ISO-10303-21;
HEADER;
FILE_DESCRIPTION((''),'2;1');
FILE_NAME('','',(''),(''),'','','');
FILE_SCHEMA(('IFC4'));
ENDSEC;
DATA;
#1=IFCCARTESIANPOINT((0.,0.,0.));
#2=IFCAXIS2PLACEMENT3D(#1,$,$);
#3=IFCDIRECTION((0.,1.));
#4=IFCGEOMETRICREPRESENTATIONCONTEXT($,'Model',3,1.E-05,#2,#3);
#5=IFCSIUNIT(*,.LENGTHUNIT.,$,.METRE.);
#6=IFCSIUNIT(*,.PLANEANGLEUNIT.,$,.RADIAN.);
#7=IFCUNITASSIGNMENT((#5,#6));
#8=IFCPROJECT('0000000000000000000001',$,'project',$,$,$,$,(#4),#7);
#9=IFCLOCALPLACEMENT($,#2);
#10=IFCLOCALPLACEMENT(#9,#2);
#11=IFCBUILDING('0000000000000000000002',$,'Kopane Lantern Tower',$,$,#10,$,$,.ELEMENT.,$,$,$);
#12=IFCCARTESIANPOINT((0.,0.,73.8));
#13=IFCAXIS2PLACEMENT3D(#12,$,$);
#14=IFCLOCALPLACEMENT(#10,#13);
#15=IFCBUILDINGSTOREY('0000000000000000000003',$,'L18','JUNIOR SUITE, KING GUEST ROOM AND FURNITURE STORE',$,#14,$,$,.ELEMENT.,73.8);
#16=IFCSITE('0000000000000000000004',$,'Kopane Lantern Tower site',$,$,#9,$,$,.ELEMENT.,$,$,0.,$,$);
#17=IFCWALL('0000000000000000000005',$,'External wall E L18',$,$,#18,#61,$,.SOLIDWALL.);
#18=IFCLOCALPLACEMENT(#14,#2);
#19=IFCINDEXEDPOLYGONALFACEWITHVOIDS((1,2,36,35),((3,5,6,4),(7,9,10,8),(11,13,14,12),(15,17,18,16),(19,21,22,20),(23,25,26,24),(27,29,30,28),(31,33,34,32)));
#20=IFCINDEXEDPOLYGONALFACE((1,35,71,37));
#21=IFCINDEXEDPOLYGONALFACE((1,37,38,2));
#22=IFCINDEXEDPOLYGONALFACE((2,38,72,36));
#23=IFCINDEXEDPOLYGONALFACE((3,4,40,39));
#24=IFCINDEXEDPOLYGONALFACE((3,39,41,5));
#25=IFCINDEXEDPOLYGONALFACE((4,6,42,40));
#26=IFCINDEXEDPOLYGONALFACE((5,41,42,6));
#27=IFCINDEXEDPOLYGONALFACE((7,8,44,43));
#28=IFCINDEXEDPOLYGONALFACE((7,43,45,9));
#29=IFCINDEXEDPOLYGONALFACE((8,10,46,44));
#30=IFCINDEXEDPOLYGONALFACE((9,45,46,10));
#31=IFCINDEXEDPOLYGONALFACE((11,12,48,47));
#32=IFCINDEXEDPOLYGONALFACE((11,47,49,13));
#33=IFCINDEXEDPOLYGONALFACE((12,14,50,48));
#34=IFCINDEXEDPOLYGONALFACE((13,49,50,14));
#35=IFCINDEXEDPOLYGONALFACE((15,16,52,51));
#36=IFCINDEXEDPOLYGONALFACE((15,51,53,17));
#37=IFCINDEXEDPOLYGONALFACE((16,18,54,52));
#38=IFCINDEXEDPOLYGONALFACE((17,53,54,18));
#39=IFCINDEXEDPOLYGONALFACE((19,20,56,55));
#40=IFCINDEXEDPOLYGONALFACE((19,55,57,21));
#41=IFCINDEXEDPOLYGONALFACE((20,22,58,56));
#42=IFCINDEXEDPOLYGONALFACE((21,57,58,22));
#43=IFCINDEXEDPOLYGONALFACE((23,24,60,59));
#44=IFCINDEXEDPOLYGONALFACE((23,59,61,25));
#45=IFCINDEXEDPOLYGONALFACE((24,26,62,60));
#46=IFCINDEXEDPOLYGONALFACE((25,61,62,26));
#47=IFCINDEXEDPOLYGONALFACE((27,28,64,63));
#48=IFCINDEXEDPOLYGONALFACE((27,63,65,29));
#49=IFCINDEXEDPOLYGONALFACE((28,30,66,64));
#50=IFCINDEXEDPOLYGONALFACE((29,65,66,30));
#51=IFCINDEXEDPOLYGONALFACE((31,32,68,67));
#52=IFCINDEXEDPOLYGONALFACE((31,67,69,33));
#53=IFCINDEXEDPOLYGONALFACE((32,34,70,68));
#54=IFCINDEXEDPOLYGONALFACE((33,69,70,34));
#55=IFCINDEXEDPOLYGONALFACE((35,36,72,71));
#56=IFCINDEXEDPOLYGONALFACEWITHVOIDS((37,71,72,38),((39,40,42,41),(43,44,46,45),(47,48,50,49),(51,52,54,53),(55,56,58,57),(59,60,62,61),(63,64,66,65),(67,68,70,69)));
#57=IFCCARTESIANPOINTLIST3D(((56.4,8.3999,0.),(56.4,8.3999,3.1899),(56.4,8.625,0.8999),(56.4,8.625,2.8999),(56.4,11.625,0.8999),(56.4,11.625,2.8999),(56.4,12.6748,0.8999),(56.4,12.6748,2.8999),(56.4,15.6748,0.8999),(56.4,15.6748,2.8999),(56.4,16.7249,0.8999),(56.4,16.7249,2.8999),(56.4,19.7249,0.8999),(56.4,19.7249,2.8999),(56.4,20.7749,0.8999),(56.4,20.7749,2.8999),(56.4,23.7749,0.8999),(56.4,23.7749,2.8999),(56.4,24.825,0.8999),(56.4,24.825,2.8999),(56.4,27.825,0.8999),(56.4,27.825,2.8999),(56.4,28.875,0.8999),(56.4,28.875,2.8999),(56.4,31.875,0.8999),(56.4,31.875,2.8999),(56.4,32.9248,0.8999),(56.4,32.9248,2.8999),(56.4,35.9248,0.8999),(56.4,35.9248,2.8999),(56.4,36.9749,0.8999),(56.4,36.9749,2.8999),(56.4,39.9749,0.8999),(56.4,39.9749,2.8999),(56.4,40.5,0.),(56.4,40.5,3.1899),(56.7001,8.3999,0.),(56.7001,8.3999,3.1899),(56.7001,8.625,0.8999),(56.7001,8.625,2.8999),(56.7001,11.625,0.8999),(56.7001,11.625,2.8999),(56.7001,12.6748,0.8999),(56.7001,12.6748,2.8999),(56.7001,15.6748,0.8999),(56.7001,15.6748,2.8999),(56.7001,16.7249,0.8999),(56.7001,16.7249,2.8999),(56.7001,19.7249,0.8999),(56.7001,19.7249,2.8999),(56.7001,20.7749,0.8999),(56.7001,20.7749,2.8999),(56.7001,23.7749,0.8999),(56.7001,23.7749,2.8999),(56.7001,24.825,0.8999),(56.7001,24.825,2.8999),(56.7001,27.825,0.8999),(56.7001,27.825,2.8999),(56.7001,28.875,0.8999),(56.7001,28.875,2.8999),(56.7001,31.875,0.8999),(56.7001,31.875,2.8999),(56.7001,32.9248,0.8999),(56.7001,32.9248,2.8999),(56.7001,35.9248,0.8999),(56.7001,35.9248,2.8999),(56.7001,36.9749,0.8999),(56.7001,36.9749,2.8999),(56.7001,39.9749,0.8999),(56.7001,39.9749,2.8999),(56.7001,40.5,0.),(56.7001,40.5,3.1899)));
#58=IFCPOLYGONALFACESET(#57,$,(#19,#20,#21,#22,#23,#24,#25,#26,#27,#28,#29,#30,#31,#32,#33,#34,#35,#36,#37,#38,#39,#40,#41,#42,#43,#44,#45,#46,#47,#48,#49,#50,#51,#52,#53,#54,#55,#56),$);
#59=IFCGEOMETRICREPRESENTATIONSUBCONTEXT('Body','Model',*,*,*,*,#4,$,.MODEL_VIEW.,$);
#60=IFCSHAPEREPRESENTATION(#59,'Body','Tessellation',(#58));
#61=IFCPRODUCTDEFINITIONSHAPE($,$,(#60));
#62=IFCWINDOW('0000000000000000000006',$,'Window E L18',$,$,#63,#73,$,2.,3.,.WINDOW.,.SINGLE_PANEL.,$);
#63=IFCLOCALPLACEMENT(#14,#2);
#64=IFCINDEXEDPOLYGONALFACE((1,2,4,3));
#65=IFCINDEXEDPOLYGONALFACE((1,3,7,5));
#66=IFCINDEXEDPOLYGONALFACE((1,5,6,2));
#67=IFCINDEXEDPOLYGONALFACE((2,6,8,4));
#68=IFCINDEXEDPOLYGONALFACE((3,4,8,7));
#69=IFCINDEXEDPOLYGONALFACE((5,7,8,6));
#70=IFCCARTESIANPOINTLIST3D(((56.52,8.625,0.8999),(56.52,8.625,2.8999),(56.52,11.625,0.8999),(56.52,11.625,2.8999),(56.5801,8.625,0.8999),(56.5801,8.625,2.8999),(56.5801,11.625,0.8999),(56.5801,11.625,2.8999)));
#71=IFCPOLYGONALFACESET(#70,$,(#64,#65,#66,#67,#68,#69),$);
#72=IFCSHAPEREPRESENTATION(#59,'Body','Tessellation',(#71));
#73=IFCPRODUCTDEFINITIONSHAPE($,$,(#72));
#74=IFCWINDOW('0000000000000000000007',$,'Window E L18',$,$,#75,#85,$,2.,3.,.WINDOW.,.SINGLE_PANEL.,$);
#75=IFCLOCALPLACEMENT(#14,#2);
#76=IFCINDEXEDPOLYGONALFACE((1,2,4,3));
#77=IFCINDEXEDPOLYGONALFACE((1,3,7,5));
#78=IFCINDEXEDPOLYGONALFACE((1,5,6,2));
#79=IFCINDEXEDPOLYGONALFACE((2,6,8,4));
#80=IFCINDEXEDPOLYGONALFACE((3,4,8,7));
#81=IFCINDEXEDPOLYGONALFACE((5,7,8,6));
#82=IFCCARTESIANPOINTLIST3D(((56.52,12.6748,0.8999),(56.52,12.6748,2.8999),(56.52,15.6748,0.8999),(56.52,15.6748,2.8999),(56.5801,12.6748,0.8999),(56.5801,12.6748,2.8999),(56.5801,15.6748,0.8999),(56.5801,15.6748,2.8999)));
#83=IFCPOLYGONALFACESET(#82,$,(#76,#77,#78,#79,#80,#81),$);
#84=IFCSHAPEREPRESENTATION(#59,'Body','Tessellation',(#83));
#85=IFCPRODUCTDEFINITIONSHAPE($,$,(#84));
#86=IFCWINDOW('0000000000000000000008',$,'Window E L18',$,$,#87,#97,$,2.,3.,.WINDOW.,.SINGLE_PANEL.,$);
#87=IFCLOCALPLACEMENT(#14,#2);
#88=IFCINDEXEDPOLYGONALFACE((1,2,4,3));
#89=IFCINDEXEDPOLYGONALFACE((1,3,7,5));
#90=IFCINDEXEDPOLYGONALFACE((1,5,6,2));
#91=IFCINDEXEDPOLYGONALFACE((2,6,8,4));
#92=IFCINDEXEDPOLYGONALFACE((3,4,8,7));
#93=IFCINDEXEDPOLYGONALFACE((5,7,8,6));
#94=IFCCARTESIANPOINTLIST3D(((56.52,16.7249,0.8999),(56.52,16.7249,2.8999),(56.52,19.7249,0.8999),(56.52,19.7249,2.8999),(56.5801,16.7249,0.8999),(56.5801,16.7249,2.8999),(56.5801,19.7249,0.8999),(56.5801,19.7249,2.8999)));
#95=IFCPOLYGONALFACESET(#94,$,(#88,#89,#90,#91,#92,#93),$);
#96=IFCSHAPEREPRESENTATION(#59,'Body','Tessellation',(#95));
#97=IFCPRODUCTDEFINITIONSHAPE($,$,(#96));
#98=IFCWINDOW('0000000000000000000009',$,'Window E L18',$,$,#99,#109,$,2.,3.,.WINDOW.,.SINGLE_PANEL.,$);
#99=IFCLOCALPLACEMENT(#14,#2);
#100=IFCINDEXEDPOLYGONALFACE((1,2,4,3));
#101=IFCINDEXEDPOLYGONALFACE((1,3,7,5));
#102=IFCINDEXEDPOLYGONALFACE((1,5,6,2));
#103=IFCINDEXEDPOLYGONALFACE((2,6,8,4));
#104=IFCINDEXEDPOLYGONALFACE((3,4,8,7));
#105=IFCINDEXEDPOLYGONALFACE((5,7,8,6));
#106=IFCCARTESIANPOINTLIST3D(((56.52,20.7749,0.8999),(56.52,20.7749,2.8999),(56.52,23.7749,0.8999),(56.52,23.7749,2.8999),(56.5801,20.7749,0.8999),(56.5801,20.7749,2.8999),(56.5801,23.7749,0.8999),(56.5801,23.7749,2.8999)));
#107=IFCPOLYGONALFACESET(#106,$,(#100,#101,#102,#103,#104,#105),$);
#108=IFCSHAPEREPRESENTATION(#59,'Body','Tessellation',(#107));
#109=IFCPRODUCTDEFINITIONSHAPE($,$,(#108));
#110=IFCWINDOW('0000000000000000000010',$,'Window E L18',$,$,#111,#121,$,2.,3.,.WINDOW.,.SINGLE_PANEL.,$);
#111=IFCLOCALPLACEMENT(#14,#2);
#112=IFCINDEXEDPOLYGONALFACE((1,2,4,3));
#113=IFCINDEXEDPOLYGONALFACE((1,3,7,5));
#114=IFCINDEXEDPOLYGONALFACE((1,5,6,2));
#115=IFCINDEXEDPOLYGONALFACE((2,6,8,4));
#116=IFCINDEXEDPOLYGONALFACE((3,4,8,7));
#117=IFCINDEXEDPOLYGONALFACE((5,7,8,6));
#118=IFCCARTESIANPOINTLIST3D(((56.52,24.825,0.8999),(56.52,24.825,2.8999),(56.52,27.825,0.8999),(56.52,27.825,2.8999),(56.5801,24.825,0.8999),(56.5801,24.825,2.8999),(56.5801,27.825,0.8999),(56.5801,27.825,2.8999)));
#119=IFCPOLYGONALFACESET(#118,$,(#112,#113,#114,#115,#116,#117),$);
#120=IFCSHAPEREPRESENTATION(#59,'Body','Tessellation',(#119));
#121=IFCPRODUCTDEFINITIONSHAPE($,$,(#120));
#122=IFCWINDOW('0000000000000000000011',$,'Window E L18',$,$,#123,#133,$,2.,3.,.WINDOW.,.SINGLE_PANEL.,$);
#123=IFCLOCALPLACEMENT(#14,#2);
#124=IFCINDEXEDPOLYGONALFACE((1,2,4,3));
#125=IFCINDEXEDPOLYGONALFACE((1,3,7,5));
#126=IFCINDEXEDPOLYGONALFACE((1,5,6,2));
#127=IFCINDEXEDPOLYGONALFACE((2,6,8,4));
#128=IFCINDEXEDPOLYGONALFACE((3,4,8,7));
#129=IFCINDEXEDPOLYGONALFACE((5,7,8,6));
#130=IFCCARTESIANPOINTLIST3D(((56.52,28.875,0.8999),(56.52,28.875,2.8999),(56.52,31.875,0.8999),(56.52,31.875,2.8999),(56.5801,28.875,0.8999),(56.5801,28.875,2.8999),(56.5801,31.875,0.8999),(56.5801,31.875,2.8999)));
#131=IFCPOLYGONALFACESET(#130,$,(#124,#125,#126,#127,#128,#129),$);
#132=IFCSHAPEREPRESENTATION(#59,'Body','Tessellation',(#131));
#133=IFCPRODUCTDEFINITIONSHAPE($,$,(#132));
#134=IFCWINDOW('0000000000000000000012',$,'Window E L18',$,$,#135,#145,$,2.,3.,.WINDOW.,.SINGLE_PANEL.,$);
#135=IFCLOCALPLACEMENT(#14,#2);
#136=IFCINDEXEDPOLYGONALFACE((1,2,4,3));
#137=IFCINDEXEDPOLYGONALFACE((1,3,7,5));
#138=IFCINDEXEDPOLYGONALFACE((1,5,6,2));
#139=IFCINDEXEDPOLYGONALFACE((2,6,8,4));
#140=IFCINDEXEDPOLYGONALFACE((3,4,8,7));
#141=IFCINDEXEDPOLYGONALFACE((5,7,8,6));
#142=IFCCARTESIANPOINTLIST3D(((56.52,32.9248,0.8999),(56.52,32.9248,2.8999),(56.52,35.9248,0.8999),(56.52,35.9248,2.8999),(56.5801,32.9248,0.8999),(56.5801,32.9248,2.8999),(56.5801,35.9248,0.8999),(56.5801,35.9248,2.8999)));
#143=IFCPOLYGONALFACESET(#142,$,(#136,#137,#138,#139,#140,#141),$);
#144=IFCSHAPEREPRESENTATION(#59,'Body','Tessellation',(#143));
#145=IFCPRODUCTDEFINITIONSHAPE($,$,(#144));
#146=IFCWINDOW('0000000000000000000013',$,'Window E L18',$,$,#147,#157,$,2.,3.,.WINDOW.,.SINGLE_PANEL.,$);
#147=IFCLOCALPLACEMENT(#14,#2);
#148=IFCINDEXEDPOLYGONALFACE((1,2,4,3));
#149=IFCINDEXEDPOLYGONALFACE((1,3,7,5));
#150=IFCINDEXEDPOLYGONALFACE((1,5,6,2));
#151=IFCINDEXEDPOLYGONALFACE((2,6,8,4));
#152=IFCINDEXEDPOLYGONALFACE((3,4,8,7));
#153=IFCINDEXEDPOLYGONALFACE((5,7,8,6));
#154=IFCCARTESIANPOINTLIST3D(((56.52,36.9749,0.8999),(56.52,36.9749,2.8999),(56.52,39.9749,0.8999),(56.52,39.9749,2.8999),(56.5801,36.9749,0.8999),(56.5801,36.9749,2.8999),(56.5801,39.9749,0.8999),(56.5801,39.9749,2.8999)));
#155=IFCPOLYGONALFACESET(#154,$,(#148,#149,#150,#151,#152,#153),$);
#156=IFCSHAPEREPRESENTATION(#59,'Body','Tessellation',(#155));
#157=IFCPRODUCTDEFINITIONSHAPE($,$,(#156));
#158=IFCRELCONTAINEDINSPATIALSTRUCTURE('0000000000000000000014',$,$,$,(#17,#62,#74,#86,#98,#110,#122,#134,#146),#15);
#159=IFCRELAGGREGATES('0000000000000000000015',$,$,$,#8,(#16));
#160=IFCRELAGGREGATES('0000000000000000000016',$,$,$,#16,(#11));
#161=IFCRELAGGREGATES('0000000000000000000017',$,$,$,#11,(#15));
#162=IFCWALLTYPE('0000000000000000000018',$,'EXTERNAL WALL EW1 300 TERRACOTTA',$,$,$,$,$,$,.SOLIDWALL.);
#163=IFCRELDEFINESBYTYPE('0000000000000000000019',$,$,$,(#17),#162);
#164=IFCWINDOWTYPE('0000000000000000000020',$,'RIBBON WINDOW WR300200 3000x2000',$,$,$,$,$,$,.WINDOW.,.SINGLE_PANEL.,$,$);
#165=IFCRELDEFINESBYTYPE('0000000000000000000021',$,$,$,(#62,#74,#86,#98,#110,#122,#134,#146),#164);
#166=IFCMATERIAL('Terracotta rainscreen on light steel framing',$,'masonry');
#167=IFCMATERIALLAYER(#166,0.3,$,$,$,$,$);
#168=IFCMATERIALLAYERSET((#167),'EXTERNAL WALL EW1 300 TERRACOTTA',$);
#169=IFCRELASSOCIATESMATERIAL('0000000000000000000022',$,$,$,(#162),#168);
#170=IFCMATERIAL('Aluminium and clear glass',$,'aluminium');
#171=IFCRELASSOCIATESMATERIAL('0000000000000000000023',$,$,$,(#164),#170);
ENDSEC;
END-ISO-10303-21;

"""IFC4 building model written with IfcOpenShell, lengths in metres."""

from ifc_helpers import new_model, si_unit, direction, frame, frame_2d, origin, place, context, subcontext, project, spatial, rectangle, extrude, material, layer, layer_set, type_object, element, fill, save


model = new_model("IFC4")

# Units and contexts
model_context = context("Model", 3, precision=1e-05, world=origin(), true_north=direction((0.0, 1.0)))
body_context = subcontext(model_context, "Body", "Model", "MODEL_VIEW")
ifc_project = project(units=[si_unit("LENGTHUNIT", "METRE"), si_unit("PLANEANGLEUNIT", "RADIAN")], contexts=[model_context])

# Site, building, storey
site_placement = place(None, origin())
site = spatial("IfcSite", under=ifc_project, at=site_placement, Name="Kopane Lantern Tower site", CompositionType="ELEMENT", RefElevation=0.0)
building_placement = place(site_placement, origin())
building = spatial("IfcBuilding", under=site, at=building_placement, Name="Kopane Lantern Tower", CompositionType="ELEMENT")
storey_placement = place(building_placement, frame((0.0, 0.0, 73.8)))
storey = spatial("IfcBuildingStorey", under=building, at=storey_placement, Name="L18", Description="JUNIOR SUITE, KING GUEST ROOM AND FURNITURE STORE", CompositionType="ELEMENT", Elevation=73.8)

# Shared definitions
ifc_material_1 = material(Name="Terracotta rainscreen on light steel framing", Category="masonry")
ifc_layer_1 = layer(ifc_material_1, 0.3)
ifc_layer_set_1 = layer_set([ifc_layer_1], Name="EXTERNAL WALL EW1 300 TERRACOTTA")
wall_type_1 = type_object("IfcWallType", Name="EXTERNAL WALL EW1 300 TERRACOTTA", PredefinedType="SOLIDWALL", material=ifc_layer_set_1)

# Wall, openings, windows
wall_1_placement = place(storey_placement, frame((56.55, 8.3999, 0.0), z_axis=(0.0, 0.0, 1.0), x_axis=(0.0, 1.0, 0.0)))
wall_1 = element("IfcWall", 1, at=wall_1_placement, inside=storey, type_object=wall_type_1, Name="External wall E L18", PredefinedType="SOLIDWALL", context=body_context, shape_type="SweptSolid", body=[
    extrude(rectangle(XDim=32.1001, YDim=0.3, at=frame_2d((16.05, 0.0))), origin(), (0.0, 0.0, 1.0), 3.1899),
])
opening_1_placement = place(wall_1_placement, frame((0.2251, 0.0, 0.8999)))
opening_1 = element("IfcOpeningElement", 2, at=opening_1_placement, cuts=wall_1, PredefinedType="OPENING", context=body_context, shape_type="SweptSolid", body=[
    extrude(rectangle(XDim=3.0, YDim=2.0, at=frame_2d((1.5, 1.0))), frame((0.0, 0.1599, 0.0), z_axis=(0.0, -1.0, 0.0), x_axis=(1.0, 0.0, 0.0)), (0.0, 0.0, 1.0), 0.3201),
])
opening_2_placement = place(wall_1_placement, frame((4.2749, 0.0, 0.8999)))
opening_2 = element("IfcOpeningElement", 3, at=opening_2_placement, cuts=wall_1, PredefinedType="OPENING", context=body_context, shape_type="SweptSolid", body=[
    extrude(rectangle(XDim=3.0, YDim=2.0, at=frame_2d((1.5, 1.0))), frame((0.0, 0.1599, 0.0), z_axis=(0.0, -1.0, 0.0), x_axis=(1.0, 0.0, 0.0)), (0.0, 0.0, 1.0), 0.3201),
])
opening_3_placement = place(wall_1_placement, frame((8.325, 0.0, 0.8999)))
opening_3 = element("IfcOpeningElement", 4, at=opening_3_placement, cuts=wall_1, PredefinedType="OPENING", context=body_context, shape_type="SweptSolid", body=[
    extrude(rectangle(XDim=3.0, YDim=2.0, at=frame_2d((1.5, 1.0))), frame((0.0, 0.1599, 0.0), z_axis=(0.0, -1.0, 0.0), x_axis=(1.0, 0.0, 0.0)), (0.0, 0.0, 1.0), 0.3201),
])
opening_4_placement = place(wall_1_placement, frame((12.375, 0.0, 0.8999)))
opening_4 = element("IfcOpeningElement", 5, at=opening_4_placement, cuts=wall_1, PredefinedType="OPENING", context=body_context, shape_type="SweptSolid", body=[
    extrude(rectangle(XDim=3.0, YDim=2.0, at=frame_2d((1.5, 1.0))), frame((0.0, 0.1599, 0.0), z_axis=(0.0, -1.0, 0.0), x_axis=(1.0, 0.0, 0.0)), (0.0, 0.0, 1.0), 0.3201),
])
opening_5_placement = place(wall_1_placement, frame((16.425, 0.0, 0.8999)))
opening_5 = element("IfcOpeningElement", 6, at=opening_5_placement, cuts=wall_1, PredefinedType="OPENING", context=body_context, shape_type="SweptSolid", body=[
    extrude(rectangle(XDim=3.0, YDim=2.0, at=frame_2d((1.5, 1.0))), frame((0.0, 0.1599, 0.0), z_axis=(0.0, -1.0, 0.0), x_axis=(1.0, 0.0, 0.0)), (0.0, 0.0, 1.0), 0.3201),
])
opening_6_placement = place(wall_1_placement, frame((20.4751, 0.0, 0.8999)))
opening_6 = element("IfcOpeningElement", 7, at=opening_6_placement, cuts=wall_1, PredefinedType="OPENING", context=body_context, shape_type="SweptSolid", body=[
    extrude(rectangle(XDim=3.0, YDim=2.0, at=frame_2d((1.5, 1.0))), frame((0.0, 0.1599, 0.0), z_axis=(0.0, -1.0, 0.0), x_axis=(1.0, 0.0, 0.0)), (0.0, 0.0, 1.0), 0.3201),
])
opening_7_placement = place(wall_1_placement, frame((24.5249, 0.0, 0.8999)))
opening_7 = element("IfcOpeningElement", 8, at=opening_7_placement, cuts=wall_1, PredefinedType="OPENING", context=body_context, shape_type="SweptSolid", body=[
    extrude(rectangle(XDim=3.0, YDim=2.0, at=frame_2d((1.5, 1.0))), frame((0.0, 0.1599, 0.0), z_axis=(0.0, -1.0, 0.0), x_axis=(1.0, 0.0, 0.0)), (0.0, 0.0, 1.0), 0.3201),
])
opening_8_placement = place(wall_1_placement, frame((28.575, 0.0, 0.8999)))
opening_8 = element("IfcOpeningElement", 9, at=opening_8_placement, cuts=wall_1, PredefinedType="OPENING", context=body_context, shape_type="SweptSolid", body=[
    extrude(rectangle(XDim=3.0, YDim=2.0, at=frame_2d((1.5, 1.0))), frame((0.0, 0.1599, 0.0), z_axis=(0.0, -1.0, 0.0), x_axis=(1.0, 0.0, 0.0)), (0.0, 0.0, 1.0), 0.3201),
])
ifc_material_2 = material(Name="Aluminium and clear glass", Category="aluminium")
window_type_1 = type_object("IfcWindowType", Name="RIBBON WINDOW WR300200 3000x2000", PartitioningType="SINGLE_PANEL", PredefinedType="WINDOW", material=ifc_material_2)
window_1_placement = place(opening_1_placement, origin())
window_1 = element("IfcWindow", 10, at=window_1_placement, inside=storey, type_object=window_type_1, Name="Window E L18", OverallHeight=2.0, OverallWidth=3.0, PartitioningType="SINGLE_PANEL", PredefinedType="WINDOW", context=body_context, shape_type="SweptSolid", body=[
    extrude(rectangle(XDim=3.0, YDim=2.0, at=frame_2d((1.5, 1.0))), frame((0.0, 0.03, 0.0), z_axis=(0.0, -1.0, 0.0), x_axis=(1.0, 0.0, 0.0)), (0.0, 0.0, 1.0), 0.0601),
])
fill(opening_1, window_1)
window_2_placement = place(opening_2_placement, origin())
window_2 = element("IfcWindow", 11, at=window_2_placement, inside=storey, type_object=window_type_1, Name="Window E L18", OverallHeight=2.0, OverallWidth=3.0, PartitioningType="SINGLE_PANEL", PredefinedType="WINDOW", context=body_context, shape_type="SweptSolid", body=[
    extrude(rectangle(XDim=3.0, YDim=2.0, at=frame_2d((1.5, 1.0))), frame((0.0, 0.03, 0.0), z_axis=(0.0, -1.0, 0.0), x_axis=(1.0, 0.0, 0.0)), (0.0, 0.0, 1.0), 0.0601),
])
fill(opening_2, window_2)
window_3_placement = place(opening_3_placement, origin())
window_3 = element("IfcWindow", 12, at=window_3_placement, inside=storey, type_object=window_type_1, Name="Window E L18", OverallHeight=2.0, OverallWidth=3.0, PartitioningType="SINGLE_PANEL", PredefinedType="WINDOW", context=body_context, shape_type="SweptSolid", body=[
    extrude(rectangle(XDim=3.0, YDim=2.0, at=frame_2d((1.5, 1.0))), frame((0.0, 0.03, 0.0), z_axis=(0.0, -1.0, 0.0), x_axis=(1.0, 0.0, 0.0)), (0.0, 0.0, 1.0), 0.0601),
])
fill(opening_3, window_3)
window_4_placement = place(opening_4_placement, origin())
window_4 = element("IfcWindow", 13, at=window_4_placement, inside=storey, type_object=window_type_1, Name="Window E L18", OverallHeight=2.0, OverallWidth=3.0, PartitioningType="SINGLE_PANEL", PredefinedType="WINDOW", context=body_context, shape_type="SweptSolid", body=[
    extrude(rectangle(XDim=3.0, YDim=2.0, at=frame_2d((1.5, 1.0))), frame((0.0, 0.03, 0.0), z_axis=(0.0, -1.0, 0.0), x_axis=(1.0, 0.0, 0.0)), (0.0, 0.0, 1.0), 0.0601),
])
fill(opening_4, window_4)
window_5_placement = place(opening_5_placement, origin())
window_5 = element("IfcWindow", 14, at=window_5_placement, inside=storey, type_object=window_type_1, Name="Window E L18", OverallHeight=2.0, OverallWidth=3.0, PartitioningType="SINGLE_PANEL", PredefinedType="WINDOW", context=body_context, shape_type="SweptSolid", body=[
    extrude(rectangle(XDim=3.0, YDim=2.0, at=frame_2d((1.5, 1.0))), frame((0.0, 0.03, 0.0), z_axis=(0.0, -1.0, 0.0), x_axis=(1.0, 0.0, 0.0)), (0.0, 0.0, 1.0), 0.0601),
])
fill(opening_5, window_5)
window_6_placement = place(opening_6_placement, origin())
window_6 = element("IfcWindow", 15, at=window_6_placement, inside=storey, type_object=window_type_1, Name="Window E L18", OverallHeight=2.0, OverallWidth=3.0, PartitioningType="SINGLE_PANEL", PredefinedType="WINDOW", context=body_context, shape_type="SweptSolid", body=[
    extrude(rectangle(XDim=3.0, YDim=2.0, at=frame_2d((1.5, 1.0))), frame((0.0, 0.03, 0.0), z_axis=(0.0, -1.0, 0.0), x_axis=(1.0, 0.0, 0.0)), (0.0, 0.0, 1.0), 0.0601),
])
fill(opening_6, window_6)
window_7_placement = place(opening_7_placement, origin())
window_7 = element("IfcWindow", 16, at=window_7_placement, inside=storey, type_object=window_type_1, Name="Window E L18", OverallHeight=2.0, OverallWidth=3.0, PartitioningType="SINGLE_PANEL", PredefinedType="WINDOW", context=body_context, shape_type="SweptSolid", body=[
    extrude(rectangle(XDim=3.0, YDim=2.0, at=frame_2d((1.5, 1.0))), frame((0.0, 0.03, 0.0), z_axis=(0.0, -1.0, 0.0), x_axis=(1.0, 0.0, 0.0)), (0.0, 0.0, 1.0), 0.0601),
])
fill(opening_7, window_7)
window_8_placement = place(opening_8_placement, origin())
window_8 = element("IfcWindow", 17, at=window_8_placement, inside=storey, type_object=window_type_1, Name="Window E L18", OverallHeight=2.0, OverallWidth=3.0, PartitioningType="SINGLE_PANEL", PredefinedType="WINDOW", context=body_context, shape_type="SweptSolid", body=[
    extrude(rectangle(XDim=3.0, YDim=2.0, at=frame_2d((1.5, 1.0))), frame((0.0, 0.03, 0.0), z_axis=(0.0, -1.0, 0.0), x_axis=(1.0, 0.0, 0.0)), (0.0, 0.0, 1.0), 0.0601),
])
fill(opening_8, window_8)

save(model, "model.ifc")
